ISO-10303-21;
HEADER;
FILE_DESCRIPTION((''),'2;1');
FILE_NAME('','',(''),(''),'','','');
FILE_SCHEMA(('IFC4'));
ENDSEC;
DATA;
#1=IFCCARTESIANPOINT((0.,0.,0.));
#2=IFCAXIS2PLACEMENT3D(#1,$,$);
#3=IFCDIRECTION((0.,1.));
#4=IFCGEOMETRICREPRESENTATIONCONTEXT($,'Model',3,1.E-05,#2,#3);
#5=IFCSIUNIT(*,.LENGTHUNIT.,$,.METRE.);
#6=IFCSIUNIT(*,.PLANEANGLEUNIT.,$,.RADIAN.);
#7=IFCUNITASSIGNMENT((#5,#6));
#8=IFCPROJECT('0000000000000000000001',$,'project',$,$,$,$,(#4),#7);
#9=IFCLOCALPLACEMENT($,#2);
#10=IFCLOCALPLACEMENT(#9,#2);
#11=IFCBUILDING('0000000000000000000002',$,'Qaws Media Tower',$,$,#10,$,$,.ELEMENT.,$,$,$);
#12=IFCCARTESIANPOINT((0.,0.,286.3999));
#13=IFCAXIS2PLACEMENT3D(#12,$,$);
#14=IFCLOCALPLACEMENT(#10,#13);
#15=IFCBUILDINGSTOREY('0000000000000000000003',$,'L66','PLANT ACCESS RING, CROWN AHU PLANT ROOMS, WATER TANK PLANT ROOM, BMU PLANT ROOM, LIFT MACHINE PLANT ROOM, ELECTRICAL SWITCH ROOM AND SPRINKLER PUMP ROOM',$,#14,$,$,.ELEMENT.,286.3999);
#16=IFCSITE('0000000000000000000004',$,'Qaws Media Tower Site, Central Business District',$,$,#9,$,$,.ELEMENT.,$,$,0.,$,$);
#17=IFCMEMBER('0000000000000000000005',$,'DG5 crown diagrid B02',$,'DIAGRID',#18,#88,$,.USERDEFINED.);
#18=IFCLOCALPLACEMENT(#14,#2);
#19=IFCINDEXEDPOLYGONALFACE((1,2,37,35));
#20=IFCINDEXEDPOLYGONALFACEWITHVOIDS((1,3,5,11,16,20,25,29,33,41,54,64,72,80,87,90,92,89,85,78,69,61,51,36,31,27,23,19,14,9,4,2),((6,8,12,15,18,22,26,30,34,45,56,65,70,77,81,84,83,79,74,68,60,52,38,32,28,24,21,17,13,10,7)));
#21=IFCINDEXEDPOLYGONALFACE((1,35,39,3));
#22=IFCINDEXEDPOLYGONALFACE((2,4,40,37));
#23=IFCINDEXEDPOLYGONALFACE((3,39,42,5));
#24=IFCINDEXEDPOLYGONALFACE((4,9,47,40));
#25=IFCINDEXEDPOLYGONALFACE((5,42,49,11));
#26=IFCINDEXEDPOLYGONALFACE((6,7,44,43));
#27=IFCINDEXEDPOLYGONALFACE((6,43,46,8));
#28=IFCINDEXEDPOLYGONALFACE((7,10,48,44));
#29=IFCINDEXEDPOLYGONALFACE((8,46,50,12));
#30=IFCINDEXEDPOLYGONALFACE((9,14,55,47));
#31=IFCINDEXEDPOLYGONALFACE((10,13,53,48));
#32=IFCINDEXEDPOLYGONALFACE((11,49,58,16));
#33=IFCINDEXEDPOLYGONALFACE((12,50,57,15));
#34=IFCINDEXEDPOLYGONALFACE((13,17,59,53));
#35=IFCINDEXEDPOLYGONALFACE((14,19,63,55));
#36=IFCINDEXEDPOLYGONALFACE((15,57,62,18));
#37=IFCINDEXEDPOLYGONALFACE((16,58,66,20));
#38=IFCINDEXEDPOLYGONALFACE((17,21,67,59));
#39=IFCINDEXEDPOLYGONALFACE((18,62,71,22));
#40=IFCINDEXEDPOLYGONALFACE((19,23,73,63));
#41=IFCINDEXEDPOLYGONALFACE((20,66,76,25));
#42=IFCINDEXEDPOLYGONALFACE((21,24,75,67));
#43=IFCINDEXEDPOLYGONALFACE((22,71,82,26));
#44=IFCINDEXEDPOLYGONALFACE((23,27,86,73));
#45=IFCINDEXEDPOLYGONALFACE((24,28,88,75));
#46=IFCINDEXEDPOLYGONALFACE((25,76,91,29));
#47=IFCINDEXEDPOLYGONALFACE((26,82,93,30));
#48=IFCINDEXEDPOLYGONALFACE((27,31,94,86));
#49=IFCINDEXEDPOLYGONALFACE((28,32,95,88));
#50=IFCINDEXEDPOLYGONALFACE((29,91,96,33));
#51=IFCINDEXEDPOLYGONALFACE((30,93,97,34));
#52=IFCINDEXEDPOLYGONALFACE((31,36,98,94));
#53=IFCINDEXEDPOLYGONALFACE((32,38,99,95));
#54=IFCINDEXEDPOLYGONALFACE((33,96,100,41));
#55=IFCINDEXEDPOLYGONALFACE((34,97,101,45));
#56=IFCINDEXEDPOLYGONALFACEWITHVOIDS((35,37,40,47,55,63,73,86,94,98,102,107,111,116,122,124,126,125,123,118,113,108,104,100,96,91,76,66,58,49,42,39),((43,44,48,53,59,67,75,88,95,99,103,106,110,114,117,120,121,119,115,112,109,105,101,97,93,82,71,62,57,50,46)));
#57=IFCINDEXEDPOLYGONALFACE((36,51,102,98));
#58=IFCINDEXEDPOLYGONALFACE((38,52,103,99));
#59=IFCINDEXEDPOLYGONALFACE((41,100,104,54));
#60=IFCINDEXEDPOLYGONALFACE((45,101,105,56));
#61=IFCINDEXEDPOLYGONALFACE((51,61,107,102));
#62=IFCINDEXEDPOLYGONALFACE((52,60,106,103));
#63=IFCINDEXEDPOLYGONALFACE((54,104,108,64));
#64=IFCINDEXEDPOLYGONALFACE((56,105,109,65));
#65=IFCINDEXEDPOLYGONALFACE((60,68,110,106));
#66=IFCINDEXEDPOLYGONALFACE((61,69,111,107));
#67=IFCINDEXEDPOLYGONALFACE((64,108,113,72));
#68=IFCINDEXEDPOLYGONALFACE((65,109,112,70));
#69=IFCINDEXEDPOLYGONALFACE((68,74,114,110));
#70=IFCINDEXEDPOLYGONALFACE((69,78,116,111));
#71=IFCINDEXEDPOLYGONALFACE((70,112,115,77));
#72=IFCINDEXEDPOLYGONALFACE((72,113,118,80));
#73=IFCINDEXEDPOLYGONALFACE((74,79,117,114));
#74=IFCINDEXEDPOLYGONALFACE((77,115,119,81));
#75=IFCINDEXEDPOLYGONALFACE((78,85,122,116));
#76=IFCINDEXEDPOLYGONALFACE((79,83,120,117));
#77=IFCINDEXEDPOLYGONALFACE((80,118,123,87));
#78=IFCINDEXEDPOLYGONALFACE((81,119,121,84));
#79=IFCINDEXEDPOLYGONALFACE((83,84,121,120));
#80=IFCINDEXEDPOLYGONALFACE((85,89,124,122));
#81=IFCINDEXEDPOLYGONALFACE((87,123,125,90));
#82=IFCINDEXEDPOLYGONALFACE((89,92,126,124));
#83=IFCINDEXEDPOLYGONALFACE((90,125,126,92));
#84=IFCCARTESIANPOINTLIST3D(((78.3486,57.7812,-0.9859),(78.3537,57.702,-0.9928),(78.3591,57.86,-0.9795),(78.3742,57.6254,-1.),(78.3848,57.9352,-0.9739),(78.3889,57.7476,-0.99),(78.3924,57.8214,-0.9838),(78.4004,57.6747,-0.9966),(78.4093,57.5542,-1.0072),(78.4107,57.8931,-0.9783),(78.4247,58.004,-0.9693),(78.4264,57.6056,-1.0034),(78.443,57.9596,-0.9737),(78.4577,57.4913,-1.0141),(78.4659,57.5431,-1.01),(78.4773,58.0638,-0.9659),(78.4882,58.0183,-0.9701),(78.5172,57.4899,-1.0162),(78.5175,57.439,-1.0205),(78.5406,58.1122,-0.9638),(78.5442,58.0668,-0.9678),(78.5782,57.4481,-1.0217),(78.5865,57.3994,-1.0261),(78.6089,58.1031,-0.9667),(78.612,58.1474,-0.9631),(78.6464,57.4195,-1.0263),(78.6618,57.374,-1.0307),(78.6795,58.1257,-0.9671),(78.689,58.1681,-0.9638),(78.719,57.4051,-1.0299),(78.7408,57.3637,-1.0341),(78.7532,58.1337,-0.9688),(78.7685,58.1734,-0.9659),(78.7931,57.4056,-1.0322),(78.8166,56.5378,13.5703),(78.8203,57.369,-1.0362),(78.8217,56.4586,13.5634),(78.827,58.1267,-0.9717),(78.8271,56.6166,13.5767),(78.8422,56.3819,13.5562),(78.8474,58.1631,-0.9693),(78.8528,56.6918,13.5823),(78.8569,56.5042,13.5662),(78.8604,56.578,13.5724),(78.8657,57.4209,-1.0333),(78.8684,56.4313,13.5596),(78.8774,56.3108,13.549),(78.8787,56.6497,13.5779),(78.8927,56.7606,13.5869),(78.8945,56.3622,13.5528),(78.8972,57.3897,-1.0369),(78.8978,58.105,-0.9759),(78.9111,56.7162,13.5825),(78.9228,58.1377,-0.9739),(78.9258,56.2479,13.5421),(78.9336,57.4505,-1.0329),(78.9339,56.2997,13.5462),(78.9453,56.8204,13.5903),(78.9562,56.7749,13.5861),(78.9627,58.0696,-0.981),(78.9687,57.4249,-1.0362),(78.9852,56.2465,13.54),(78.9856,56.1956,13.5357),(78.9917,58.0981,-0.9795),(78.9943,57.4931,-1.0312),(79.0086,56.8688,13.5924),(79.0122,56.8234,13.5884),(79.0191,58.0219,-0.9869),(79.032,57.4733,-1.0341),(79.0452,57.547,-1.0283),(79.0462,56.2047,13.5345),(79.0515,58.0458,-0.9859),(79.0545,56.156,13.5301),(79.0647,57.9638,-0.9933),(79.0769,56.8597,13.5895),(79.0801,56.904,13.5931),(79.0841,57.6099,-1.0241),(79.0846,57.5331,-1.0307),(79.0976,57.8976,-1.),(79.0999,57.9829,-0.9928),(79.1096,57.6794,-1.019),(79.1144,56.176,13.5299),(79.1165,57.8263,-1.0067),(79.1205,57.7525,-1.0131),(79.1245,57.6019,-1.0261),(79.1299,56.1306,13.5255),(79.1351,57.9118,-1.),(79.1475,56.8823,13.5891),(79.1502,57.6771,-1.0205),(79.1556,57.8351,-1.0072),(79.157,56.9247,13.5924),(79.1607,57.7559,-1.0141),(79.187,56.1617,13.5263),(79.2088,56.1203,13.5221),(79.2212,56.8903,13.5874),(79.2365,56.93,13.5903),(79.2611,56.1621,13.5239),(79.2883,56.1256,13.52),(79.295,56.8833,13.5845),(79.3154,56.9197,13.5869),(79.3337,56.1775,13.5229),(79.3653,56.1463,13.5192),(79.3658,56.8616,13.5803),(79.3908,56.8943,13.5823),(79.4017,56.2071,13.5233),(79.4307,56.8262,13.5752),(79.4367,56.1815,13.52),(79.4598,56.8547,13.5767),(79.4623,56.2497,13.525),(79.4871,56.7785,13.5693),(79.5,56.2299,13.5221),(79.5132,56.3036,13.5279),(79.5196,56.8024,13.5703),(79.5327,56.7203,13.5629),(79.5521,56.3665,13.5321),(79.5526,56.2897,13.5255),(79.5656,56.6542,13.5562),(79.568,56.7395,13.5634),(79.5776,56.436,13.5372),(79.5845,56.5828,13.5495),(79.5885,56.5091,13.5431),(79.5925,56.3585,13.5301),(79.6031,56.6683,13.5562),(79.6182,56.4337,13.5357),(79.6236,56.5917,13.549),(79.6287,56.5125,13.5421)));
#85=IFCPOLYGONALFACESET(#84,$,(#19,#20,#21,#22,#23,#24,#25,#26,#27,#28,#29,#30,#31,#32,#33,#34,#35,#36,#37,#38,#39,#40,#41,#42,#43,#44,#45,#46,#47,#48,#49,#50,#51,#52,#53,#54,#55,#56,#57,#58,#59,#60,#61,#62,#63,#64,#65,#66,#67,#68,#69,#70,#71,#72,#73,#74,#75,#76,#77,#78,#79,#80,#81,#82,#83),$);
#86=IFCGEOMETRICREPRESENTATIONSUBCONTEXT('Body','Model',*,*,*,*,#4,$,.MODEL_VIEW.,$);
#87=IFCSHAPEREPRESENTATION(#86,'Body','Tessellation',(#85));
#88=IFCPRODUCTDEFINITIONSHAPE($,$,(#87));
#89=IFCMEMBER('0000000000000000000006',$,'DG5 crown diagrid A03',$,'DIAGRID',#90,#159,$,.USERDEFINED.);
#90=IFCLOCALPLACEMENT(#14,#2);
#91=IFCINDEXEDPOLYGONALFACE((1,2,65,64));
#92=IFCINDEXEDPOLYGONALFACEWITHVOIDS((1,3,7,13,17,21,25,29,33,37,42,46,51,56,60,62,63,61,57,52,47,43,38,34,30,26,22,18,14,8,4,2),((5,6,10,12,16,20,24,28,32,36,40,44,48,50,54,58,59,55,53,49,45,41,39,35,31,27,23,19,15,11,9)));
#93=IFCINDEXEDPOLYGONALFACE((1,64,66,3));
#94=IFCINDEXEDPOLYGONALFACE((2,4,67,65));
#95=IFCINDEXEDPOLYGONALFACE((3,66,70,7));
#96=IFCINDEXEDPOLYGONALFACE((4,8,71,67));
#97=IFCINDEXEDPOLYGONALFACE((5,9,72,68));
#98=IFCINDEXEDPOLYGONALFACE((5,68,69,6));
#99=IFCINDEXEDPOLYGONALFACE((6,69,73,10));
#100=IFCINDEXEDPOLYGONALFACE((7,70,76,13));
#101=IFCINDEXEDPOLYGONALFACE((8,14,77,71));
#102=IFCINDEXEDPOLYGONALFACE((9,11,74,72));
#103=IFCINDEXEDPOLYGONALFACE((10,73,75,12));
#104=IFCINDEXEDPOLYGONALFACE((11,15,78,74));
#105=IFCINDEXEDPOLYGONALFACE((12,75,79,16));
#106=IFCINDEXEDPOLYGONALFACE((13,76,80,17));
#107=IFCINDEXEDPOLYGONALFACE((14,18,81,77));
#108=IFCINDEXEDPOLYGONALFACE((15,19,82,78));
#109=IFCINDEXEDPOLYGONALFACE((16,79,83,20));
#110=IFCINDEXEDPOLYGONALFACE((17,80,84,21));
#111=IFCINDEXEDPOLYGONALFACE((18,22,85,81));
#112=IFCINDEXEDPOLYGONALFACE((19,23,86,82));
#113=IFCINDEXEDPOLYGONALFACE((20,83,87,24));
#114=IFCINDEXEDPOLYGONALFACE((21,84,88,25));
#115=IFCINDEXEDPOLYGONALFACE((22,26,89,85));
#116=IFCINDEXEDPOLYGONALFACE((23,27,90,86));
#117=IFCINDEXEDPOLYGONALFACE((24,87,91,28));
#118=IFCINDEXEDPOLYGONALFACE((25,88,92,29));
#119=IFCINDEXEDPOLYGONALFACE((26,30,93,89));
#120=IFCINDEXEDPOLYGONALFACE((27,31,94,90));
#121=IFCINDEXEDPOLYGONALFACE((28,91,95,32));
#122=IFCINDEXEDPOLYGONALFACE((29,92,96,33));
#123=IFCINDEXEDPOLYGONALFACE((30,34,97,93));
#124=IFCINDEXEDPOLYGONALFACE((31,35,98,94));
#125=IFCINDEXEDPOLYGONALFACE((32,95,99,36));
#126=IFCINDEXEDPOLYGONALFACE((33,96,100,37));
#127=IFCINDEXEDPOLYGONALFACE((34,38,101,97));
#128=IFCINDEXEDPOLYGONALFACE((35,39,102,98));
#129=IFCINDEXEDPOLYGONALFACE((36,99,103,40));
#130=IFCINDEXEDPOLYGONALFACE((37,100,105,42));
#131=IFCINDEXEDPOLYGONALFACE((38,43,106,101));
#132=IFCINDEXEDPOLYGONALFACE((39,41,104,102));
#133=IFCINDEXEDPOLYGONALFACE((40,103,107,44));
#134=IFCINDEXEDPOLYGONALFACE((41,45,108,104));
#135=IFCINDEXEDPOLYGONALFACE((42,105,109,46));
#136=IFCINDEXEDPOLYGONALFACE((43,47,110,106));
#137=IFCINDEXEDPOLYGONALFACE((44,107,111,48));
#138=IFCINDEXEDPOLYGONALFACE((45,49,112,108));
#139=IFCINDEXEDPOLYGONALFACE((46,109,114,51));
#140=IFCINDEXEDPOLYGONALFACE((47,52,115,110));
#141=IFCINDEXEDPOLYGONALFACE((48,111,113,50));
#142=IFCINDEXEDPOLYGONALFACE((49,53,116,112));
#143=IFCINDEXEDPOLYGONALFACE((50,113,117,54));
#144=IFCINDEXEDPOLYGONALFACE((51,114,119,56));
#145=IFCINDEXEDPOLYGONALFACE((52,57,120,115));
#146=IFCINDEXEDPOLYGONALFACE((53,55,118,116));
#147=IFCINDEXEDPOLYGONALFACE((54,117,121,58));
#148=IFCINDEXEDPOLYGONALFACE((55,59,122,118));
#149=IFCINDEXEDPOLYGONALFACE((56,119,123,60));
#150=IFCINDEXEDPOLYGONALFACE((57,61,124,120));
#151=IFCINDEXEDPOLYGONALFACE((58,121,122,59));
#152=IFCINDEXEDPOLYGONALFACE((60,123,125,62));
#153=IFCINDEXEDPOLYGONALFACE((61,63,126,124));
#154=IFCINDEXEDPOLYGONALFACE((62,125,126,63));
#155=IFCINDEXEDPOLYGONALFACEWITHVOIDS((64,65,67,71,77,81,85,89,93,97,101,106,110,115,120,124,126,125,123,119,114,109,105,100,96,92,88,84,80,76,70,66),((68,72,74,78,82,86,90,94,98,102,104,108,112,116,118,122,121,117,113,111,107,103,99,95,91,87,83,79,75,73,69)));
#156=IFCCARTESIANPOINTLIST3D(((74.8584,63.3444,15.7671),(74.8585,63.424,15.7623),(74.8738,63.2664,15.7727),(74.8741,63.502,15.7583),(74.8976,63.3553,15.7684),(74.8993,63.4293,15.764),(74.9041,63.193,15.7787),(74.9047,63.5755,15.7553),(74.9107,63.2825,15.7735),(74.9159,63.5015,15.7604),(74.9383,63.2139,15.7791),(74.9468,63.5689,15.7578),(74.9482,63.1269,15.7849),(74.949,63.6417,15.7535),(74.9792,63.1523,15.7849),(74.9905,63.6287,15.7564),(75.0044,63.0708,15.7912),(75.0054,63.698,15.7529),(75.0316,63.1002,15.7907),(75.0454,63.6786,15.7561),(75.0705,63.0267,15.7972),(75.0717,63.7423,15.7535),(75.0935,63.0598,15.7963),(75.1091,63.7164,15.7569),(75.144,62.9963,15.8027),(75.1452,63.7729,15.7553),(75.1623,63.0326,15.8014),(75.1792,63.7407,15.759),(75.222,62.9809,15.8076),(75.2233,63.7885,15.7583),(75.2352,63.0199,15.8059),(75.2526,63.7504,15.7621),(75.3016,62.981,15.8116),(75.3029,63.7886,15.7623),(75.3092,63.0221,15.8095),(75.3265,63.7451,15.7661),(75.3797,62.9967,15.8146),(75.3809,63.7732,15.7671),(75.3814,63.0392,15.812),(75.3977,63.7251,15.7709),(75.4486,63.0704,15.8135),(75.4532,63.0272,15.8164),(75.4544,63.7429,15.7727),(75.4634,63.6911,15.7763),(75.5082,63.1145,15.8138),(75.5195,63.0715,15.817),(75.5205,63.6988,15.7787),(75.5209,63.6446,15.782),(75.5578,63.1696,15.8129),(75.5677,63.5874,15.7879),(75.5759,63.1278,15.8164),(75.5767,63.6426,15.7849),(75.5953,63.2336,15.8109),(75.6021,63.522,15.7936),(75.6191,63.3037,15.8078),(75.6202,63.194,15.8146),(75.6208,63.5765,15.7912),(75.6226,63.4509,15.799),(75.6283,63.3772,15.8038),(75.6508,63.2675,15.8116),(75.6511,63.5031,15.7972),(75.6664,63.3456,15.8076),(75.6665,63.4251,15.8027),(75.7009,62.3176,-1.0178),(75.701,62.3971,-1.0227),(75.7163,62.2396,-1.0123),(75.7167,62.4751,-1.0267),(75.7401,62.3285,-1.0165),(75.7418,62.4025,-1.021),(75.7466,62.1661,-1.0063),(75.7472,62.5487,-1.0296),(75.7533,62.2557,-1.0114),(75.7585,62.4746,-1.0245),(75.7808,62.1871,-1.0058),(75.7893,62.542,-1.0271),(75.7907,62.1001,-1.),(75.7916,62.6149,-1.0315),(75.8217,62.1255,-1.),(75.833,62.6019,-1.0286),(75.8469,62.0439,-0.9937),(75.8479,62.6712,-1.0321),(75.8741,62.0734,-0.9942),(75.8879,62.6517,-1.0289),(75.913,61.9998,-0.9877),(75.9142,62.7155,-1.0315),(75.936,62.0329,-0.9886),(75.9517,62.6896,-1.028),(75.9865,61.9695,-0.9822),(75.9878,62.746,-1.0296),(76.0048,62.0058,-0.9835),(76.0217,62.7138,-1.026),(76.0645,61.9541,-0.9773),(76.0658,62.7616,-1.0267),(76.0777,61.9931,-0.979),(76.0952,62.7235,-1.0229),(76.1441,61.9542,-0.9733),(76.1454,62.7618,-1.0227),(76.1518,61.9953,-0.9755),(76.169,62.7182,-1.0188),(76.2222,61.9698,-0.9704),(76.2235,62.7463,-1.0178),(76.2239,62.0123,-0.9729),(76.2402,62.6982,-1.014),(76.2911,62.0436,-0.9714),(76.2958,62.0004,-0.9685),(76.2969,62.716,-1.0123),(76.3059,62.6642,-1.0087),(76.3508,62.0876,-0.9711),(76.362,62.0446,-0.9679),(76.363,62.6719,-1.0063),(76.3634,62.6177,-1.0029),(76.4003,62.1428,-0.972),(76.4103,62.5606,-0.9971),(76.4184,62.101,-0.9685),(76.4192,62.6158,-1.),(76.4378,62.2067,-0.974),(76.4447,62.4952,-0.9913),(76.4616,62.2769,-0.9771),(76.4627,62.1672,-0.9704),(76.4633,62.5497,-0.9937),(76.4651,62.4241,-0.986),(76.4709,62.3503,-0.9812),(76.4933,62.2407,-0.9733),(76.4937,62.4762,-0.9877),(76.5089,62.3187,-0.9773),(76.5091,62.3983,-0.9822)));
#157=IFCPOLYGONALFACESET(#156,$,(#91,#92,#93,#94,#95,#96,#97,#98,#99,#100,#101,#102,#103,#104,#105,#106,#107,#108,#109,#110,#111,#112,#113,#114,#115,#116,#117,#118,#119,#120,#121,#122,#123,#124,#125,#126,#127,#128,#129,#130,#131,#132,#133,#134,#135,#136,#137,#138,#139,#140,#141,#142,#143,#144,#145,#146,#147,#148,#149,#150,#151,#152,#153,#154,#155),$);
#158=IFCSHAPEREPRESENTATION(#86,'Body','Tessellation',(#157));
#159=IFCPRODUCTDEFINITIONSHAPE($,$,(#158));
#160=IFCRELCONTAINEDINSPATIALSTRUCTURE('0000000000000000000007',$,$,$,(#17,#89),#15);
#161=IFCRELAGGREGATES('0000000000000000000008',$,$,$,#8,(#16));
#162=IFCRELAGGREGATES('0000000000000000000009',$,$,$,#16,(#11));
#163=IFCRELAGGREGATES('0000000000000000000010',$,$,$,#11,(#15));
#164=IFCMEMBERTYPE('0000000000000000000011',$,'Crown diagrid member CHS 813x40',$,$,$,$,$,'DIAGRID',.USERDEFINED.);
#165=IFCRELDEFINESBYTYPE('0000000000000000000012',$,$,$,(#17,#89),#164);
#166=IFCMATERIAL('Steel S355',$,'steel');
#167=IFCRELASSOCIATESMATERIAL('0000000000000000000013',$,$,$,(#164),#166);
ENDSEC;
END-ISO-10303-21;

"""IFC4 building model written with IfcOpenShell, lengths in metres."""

from ifc_helpers import new_model, si_unit, direction, frame, origin, origin_2d, place, context, subcontext, project, spatial, hollow_circle, extrude, material, material_profile, profile_set, type_object, element, save


model = new_model("IFC4")

# Units and contexts
model_context = context("Model", 3, precision=1e-05, world=origin(), true_north=direction((0.0, 1.0)))
body_context = subcontext(model_context, "Body", "Model", "MODEL_VIEW")
ifc_project = project(units=[si_unit("LENGTHUNIT", "METRE"), si_unit("PLANEANGLEUNIT", "RADIAN")], contexts=[model_context])

# Site, building, storey
site_placement = place(None, origin())
site = spatial("IfcSite", under=ifc_project, at=site_placement, Name="Qaws Media Tower Site, Central Business District", CompositionType="ELEMENT", RefElevation=0.0)
building_placement = place(site_placement, origin())
building = spatial("IfcBuilding", under=site, at=building_placement, Name="Qaws Media Tower", CompositionType="ELEMENT")
storey_placement = place(building_placement, frame((0.0, 0.0, 286.3999)))
storey = spatial("IfcBuildingStorey", under=building, at=storey_placement, Name="L66", Description="PLANT ACCESS RING, CROWN AHU PLANT ROOMS, WATER TANK PLANT ROOM, BMU PLANT ROOM, LIFT MACHINE PLANT ROOM, ELECTRICAL SWITCH ROOM AND SPRINKLER PUMP ROOM", CompositionType="ELEMENT", Elevation=286.3999)

# Members
ifc_material_1 = material(Name="Steel S355", Category="steel")
ifc_material_profile_1 = material_profile(ifc_material_1, hollow_circle(Radius=0.4065, WallThickness=0.04, at=origin_2d()), Name="CHS 813x40")
ifc_profile_set_1 = profile_set([ifc_material_profile_1], Name="Steel S355")
member_type = type_object("IfcMemberType", Name="Crown diagrid member CHS 813x40", ElementType="DIAGRID", PredefinedType="USERDEFINED", material=ifc_profile_set_1)
member_1_placement = place(storey_placement, frame((78.7546, 57.7686, -1.0), z_axis=(0.032019, -0.085068, 0.995861), x_axis=(0.935898, 0.352271, 0.0)))
element("IfcMember", 1, at=member_1_placement, inside=storey, type_object=member_type, Name="DG5 crown diagrid B02", ObjectType="DIAGRID", PredefinedType="USERDEFINED", context=body_context, shape_type="SweptSolid", body=[
    extrude(hollow_circle(Radius=0.4065, WallThickness=0.04, at=origin_2d()), origin(), (0.0, 0.0, 1.0), 14.6167),
])
member_2_placement = place(storey_placement, frame((76.105, 62.3579, -1.0), z_axis=(-0.050039, 0.060987, 0.996883), x_axis=(-0.77308, -0.634308, 0.0)))
element("IfcMember", 2, at=member_2_placement, inside=storey, type_object=member_type, Name="DG5 crown diagrid A03", ObjectType="DIAGRID", PredefinedType="USERDEFINED", context=body_context, shape_type="SweptSolid", body=[
    extrude(hollow_circle(Radius=0.4065, WallThickness=0.04, at=origin_2d()), origin(), (0.0, 0.0, 1.0), 16.8374),
])

save(model, "model.ifc")
